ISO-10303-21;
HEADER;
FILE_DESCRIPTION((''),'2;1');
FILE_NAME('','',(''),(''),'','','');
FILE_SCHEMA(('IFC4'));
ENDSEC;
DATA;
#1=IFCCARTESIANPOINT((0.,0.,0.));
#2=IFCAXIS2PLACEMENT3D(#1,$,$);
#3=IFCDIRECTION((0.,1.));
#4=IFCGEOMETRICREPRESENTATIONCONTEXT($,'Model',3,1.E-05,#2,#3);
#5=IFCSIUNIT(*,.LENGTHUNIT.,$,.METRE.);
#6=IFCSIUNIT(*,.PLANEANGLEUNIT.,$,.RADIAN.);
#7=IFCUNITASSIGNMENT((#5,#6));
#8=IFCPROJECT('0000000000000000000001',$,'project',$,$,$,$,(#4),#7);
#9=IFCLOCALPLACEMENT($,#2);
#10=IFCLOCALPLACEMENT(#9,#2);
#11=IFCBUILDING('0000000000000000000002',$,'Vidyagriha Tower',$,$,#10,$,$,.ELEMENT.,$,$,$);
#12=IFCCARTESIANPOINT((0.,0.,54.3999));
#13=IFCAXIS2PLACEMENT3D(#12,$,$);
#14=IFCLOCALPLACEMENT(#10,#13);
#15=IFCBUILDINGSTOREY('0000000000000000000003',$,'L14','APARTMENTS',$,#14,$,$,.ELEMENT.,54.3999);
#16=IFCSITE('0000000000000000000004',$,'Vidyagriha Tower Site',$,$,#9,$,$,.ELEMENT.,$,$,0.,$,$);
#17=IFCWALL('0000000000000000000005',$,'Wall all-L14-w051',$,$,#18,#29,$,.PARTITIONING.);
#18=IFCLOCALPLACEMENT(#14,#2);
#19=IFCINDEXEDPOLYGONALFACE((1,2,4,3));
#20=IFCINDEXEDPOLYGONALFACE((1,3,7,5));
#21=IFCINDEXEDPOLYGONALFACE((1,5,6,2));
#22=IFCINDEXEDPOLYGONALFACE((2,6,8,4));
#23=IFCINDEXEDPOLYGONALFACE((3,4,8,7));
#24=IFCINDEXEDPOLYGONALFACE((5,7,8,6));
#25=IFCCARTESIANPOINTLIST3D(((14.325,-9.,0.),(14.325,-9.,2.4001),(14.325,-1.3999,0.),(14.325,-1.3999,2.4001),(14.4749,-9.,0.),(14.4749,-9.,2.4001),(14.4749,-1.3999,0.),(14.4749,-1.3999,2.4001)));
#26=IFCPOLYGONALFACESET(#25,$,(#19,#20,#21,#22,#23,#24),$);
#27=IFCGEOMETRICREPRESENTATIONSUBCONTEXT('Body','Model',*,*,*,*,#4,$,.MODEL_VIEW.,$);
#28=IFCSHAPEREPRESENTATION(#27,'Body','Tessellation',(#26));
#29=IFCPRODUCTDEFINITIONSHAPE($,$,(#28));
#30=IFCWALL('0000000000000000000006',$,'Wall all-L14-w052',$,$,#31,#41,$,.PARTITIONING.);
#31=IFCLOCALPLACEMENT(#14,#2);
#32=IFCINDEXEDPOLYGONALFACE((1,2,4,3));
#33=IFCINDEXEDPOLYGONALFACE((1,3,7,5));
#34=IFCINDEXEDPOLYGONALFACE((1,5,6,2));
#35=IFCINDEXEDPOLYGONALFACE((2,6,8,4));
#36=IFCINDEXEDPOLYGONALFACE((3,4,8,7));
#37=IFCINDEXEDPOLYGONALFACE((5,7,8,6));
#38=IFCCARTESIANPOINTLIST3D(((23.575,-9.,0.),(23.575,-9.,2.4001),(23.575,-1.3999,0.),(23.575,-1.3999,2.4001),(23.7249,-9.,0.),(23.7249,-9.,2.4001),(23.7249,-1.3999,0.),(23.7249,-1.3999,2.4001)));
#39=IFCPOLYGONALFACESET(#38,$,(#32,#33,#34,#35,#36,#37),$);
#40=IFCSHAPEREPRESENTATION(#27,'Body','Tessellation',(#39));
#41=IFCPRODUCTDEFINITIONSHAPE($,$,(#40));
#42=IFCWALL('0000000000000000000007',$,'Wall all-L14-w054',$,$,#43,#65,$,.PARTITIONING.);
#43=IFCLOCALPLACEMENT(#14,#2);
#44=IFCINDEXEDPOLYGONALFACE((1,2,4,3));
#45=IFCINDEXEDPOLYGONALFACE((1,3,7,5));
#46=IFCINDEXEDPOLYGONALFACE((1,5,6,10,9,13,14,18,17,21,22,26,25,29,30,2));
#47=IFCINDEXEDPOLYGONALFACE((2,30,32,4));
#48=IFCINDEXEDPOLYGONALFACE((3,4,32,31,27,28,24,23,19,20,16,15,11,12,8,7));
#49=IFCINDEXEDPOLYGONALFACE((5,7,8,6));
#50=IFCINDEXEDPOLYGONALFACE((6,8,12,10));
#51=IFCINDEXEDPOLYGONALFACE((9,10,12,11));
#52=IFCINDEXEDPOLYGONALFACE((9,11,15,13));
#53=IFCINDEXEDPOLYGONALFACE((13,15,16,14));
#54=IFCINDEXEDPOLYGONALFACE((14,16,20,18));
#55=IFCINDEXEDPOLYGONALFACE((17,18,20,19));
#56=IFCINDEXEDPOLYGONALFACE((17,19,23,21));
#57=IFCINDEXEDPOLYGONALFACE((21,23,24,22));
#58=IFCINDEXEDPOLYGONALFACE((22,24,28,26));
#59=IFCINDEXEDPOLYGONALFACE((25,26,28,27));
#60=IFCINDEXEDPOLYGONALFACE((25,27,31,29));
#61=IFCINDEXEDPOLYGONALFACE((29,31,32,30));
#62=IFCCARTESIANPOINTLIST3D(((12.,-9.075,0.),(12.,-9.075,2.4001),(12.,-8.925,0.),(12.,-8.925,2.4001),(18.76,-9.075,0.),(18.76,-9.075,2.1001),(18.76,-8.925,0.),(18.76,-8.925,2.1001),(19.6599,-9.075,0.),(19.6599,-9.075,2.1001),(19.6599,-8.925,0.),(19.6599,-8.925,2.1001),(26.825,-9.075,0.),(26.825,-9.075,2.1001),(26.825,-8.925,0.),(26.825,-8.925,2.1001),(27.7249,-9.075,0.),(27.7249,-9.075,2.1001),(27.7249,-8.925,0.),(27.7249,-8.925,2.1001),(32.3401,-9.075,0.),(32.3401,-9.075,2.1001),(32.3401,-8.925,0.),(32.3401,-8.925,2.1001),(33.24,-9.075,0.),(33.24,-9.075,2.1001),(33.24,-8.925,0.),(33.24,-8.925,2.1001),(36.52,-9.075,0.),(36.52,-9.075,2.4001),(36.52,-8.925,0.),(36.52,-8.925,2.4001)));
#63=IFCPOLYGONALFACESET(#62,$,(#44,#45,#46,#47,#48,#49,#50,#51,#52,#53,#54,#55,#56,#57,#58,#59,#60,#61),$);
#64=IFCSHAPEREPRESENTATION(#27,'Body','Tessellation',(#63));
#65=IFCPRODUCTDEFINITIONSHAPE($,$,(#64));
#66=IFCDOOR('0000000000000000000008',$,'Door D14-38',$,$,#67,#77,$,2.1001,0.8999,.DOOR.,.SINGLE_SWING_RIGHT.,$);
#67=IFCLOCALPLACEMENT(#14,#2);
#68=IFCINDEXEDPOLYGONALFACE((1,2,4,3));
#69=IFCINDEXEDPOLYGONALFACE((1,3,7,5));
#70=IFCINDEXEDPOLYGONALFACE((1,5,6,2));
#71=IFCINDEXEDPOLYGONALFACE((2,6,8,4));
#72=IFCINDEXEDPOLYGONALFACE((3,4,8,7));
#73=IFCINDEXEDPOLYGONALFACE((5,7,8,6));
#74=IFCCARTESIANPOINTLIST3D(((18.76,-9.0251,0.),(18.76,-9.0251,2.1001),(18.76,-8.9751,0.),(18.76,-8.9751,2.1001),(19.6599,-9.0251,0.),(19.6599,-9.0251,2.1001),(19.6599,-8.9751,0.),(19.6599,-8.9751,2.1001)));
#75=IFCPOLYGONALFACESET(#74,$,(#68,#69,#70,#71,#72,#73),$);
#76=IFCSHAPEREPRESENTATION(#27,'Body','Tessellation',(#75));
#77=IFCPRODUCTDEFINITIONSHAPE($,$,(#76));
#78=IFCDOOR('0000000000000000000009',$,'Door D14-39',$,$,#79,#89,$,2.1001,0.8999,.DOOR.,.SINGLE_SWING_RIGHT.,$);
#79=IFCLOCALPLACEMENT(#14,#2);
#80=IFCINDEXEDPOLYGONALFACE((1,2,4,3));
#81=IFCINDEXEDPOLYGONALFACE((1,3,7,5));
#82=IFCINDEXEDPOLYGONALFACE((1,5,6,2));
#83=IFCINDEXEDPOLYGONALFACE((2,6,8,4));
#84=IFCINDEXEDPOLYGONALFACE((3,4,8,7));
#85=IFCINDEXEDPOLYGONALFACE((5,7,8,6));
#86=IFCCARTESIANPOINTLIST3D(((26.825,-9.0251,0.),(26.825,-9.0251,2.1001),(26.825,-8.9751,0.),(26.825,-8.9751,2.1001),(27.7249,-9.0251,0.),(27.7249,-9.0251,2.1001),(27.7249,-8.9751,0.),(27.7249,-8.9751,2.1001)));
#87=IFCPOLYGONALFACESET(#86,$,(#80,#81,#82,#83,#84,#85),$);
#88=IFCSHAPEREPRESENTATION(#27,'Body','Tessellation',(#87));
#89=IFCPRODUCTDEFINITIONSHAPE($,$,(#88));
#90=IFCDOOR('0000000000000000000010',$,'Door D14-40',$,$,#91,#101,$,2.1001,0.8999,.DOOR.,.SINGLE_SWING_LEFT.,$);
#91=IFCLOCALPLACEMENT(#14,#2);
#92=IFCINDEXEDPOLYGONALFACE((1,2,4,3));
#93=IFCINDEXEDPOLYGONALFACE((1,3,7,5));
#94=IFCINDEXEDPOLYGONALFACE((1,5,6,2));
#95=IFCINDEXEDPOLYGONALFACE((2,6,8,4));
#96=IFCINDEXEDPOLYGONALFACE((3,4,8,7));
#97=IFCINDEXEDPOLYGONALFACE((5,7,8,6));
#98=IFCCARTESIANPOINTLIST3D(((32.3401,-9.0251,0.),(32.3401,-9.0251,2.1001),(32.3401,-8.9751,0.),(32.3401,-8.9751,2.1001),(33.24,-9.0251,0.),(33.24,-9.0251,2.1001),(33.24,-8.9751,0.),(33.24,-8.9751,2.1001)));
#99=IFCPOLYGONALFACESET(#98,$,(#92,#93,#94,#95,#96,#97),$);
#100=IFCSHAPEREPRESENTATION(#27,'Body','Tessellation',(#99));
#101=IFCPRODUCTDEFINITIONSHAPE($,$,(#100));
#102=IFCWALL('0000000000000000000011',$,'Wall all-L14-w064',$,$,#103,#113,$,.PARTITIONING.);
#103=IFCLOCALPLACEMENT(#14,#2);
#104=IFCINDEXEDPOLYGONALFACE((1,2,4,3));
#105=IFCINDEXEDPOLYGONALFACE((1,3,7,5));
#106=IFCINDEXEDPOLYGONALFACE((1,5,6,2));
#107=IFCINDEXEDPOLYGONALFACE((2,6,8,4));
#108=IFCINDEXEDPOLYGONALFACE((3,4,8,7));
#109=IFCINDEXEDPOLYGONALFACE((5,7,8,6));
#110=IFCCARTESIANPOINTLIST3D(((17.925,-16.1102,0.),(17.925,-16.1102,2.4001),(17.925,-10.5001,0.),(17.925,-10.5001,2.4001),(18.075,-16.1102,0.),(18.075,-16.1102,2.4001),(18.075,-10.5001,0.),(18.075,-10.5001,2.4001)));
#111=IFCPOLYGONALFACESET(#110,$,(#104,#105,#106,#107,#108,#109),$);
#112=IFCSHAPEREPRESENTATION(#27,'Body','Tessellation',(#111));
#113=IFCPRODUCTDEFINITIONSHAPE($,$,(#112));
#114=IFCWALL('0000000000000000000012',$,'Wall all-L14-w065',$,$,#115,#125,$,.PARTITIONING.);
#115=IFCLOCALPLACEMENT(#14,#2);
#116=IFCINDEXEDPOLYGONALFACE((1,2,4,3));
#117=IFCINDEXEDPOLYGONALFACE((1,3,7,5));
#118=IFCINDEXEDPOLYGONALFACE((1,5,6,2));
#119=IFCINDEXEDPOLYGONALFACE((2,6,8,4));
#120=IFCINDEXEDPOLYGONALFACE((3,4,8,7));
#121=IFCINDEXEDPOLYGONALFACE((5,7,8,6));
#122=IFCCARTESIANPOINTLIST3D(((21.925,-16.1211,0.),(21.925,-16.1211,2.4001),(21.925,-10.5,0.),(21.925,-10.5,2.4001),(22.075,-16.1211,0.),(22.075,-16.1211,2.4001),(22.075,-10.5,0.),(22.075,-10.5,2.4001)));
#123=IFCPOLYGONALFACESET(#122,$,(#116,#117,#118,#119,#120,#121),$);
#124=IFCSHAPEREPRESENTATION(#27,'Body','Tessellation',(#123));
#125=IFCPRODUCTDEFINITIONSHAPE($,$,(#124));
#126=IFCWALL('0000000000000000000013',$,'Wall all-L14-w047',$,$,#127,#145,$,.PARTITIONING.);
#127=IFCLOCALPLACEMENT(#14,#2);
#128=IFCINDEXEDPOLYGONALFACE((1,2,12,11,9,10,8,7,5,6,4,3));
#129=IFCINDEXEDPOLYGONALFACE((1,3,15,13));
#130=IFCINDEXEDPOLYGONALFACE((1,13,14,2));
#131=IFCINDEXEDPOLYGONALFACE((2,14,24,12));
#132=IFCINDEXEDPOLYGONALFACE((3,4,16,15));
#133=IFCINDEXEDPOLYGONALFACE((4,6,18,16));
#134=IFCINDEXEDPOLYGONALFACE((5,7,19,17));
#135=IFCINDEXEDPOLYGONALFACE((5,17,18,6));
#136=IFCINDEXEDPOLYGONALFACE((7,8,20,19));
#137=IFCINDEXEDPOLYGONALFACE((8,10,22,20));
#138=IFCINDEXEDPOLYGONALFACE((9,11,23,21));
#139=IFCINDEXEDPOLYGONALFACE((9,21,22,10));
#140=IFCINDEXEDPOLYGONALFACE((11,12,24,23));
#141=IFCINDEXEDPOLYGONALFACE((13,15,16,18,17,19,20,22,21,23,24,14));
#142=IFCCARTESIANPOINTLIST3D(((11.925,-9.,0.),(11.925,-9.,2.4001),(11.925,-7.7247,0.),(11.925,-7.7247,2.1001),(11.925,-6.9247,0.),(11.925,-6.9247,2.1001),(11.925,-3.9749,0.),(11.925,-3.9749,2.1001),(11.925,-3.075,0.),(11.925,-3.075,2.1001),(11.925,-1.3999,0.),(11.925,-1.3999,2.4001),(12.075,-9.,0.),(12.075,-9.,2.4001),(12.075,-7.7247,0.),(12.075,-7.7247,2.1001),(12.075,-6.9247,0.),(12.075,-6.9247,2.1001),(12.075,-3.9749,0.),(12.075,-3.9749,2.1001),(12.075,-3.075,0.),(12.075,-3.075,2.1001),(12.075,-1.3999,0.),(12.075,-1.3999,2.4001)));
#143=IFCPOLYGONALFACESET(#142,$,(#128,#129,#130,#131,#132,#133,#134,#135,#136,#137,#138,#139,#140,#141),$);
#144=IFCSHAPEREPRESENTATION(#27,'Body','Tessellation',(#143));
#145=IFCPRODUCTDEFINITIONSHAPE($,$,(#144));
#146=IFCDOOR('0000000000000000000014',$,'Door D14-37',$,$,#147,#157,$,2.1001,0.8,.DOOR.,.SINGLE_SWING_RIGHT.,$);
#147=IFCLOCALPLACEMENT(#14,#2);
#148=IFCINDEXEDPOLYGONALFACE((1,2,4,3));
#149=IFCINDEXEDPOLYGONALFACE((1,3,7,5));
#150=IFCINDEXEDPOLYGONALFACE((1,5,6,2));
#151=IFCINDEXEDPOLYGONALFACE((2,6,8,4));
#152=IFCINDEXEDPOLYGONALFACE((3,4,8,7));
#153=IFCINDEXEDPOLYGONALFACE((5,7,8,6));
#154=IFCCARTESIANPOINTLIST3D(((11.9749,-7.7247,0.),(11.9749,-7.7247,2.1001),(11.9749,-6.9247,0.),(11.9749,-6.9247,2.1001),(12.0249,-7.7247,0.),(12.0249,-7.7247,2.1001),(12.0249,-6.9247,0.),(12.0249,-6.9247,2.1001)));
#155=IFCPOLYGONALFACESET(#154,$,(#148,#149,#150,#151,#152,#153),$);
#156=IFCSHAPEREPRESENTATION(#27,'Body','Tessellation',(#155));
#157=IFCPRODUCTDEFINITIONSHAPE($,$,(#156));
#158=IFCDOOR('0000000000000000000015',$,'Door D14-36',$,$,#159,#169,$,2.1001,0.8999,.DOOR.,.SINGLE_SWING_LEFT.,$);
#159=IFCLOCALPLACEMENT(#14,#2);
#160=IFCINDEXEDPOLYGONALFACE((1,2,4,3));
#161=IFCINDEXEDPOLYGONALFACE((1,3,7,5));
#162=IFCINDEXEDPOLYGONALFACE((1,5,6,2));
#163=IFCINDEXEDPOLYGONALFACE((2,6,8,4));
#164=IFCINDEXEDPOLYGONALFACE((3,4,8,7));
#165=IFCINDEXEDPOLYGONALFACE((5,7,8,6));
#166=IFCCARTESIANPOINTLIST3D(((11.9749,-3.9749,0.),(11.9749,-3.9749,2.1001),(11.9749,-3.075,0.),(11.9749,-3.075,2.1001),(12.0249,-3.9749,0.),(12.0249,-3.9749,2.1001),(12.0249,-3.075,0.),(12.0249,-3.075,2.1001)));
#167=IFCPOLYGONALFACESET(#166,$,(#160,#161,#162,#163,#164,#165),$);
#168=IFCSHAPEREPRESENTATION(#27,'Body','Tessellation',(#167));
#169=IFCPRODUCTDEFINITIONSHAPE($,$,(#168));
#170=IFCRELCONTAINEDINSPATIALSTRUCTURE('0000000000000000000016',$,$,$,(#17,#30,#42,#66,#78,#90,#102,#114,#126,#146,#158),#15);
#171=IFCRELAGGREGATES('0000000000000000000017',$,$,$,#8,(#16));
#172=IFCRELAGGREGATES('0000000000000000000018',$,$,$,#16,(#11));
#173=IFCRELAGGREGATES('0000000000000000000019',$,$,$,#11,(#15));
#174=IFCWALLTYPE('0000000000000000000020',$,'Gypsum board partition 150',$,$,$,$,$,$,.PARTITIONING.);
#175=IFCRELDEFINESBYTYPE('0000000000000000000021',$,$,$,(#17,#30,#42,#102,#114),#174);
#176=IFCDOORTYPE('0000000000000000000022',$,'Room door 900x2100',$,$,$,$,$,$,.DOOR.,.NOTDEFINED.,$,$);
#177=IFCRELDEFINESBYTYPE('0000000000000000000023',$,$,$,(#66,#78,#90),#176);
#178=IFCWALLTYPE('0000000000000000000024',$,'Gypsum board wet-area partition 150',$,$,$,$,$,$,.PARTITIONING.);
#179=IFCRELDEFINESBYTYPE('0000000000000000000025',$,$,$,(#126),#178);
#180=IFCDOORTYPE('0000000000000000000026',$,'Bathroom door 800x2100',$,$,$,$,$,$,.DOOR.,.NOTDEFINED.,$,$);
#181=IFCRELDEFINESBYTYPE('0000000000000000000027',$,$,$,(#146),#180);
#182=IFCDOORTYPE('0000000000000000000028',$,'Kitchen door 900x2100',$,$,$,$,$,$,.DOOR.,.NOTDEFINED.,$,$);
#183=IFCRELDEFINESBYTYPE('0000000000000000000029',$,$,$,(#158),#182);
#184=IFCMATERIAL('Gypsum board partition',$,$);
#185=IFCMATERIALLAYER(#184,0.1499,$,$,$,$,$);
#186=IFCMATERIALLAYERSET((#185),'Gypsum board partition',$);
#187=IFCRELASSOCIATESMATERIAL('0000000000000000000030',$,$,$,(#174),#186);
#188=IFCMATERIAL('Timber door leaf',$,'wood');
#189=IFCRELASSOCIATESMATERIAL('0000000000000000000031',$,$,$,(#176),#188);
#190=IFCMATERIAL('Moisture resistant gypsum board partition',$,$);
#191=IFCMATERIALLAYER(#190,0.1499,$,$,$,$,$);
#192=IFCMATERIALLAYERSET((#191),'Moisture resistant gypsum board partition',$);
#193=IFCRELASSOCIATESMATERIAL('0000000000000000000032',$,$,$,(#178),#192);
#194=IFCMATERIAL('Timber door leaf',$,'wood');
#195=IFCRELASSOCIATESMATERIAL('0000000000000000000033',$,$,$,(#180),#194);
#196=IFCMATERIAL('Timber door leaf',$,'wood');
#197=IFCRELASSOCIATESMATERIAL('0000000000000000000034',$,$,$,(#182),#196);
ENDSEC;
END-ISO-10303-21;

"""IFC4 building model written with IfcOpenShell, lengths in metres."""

from ifc_helpers import new_model, si_unit, direction, frame, frame_2d, origin, place, context, subcontext, project, spatial, rectangle, extrude, material, layer, layer_set, type_object, element, fill, save


model = new_model("IFC4")

# Units and contexts
model_context = context("Model", 3, precision=1e-05, world=origin(), true_north=direction((0.0, 1.0)))
body_context = subcontext(model_context, "Body", "Model", "MODEL_VIEW")
ifc_project = project(units=[si_unit("LENGTHUNIT", "METRE"), si_unit("PLANEANGLEUNIT", "RADIAN")], contexts=[model_context])

# Site, building, storey
site_placement = place(None, origin())
site = spatial("IfcSite", under=ifc_project, at=site_placement, Name="Vidyagriha Tower Site", CompositionType="ELEMENT", RefElevation=0.0)
building_placement = place(site_placement, origin())
building = spatial("IfcBuilding", under=site, at=building_placement, Name="Vidyagriha Tower", CompositionType="ELEMENT")
storey_placement = place(building_placement, frame((0.0, 0.0, 54.3999)))
storey = spatial("IfcBuildingStorey", under=building, at=storey_placement, Name="L14", Description="APARTMENTS", CompositionType="ELEMENT", Elevation=54.3999)

# Walls
ifc_material_1 = material(Name="Gypsum board partition")
ifc_layer_1 = layer(ifc_material_1, 0.1499)
ifc_layer_set_1 = layer_set([ifc_layer_1], Name="Gypsum board partition")
wall_type_1 = type_object("IfcWallType", Name="Gypsum board partition 150", PredefinedType="PARTITIONING", material=ifc_layer_set_1)
for number, where, z_axis, x_axis, name in (
    (1, (14.3999, -1.3999, 0.0), (0.0, 0.0, 1.0), (0.0, -1.0, 0.0), "Wall all-L14-w051"),
    (2, (23.6499, -1.3999, 0.0), (0.0, 0.0, 1.0), (0.0, -1.0, 0.0), "Wall all-L14-w052"),
):
    element("IfcWall", number, at=place(storey_placement, frame(where, z_axis=z_axis, x_axis=x_axis)), inside=storey, type_object=wall_type_1, Name=name, PredefinedType="PARTITIONING", context=body_context, shape_type="SweptSolid", body=[
        extrude(rectangle(XDim=7.6001, YDim=0.1499, at=frame_2d((3.8, 0.0))), origin(), (0.0, 0.0, 1.0), 2.4001),
    ])

# Wall, openings, doors
wall_1_placement = place(storey_placement, frame((12.0, -9.0, 0.0)))
wall_1 = element("IfcWall", 3, at=wall_1_placement, inside=storey, type_object=wall_type_1, Name="Wall all-L14-w054", PredefinedType="PARTITIONING", context=body_context, shape_type="SweptSolid", body=[
    extrude(rectangle(XDim=24.52, YDim=0.1499, at=frame_2d((12.26, 0.0))), origin(), (0.0, 0.0, 1.0), 2.4001),
])
opening_1_placement = place(wall_1_placement, frame((6.76, 0.0, 0.0)))
opening_1 = element("IfcOpeningElement", 4, at=opening_1_placement, cuts=wall_1, PredefinedType="OPENING", context=body_context, shape_type="SweptSolid", body=[
    extrude(rectangle(XDim=0.8999, YDim=2.1001, at=frame_2d((0.45, 1.05))), frame((0.0, 0.085, 0.0), z_axis=(0.0, -1.0, 0.0), x_axis=(1.0, 0.0, 0.0)), (0.0, 0.0, 1.0), 0.1699),
])
opening_2_placement = place(wall_1_placement, frame((14.825, 0.0, 0.0)))
opening_2 = element("IfcOpeningElement", 5, at=opening_2_placement, cuts=wall_1, PredefinedType="OPENING", context=body_context, shape_type="SweptSolid", body=[
    extrude(rectangle(XDim=0.8999, YDim=2.1001, at=frame_2d((0.45, 1.05))), frame((0.0, 0.085, 0.0), z_axis=(0.0, -1.0, 0.0), x_axis=(1.0, 0.0, 0.0)), (0.0, 0.0, 1.0), 0.1699),
])
opening_3_placement = place(wall_1_placement, frame((20.3401, 0.0, 0.0)))
opening_3 = element("IfcOpeningElement", 6, at=opening_3_placement, cuts=wall_1, PredefinedType="OPENING", context=body_context, shape_type="SweptSolid", body=[
    extrude(rectangle(XDim=0.8999, YDim=2.1001, at=frame_2d((0.45, 1.05))), frame((0.0, 0.085, 0.0), z_axis=(0.0, -1.0, 0.0), x_axis=(1.0, 0.0, 0.0)), (0.0, 0.0, 1.0), 0.1699),
])
ifc_material_2 = material(Name="Timber door leaf", Category="wood")
door_type_1 = type_object("IfcDoorType", Name="Room door 900x2100", OperationType="NOTDEFINED", PredefinedType="DOOR", material=ifc_material_2)
door_1_placement = place(opening_1_placement, origin())
door_1 = element("IfcDoor", 7, at=door_1_placement, inside=storey, type_object=door_type_1, Name="Door D14-38", OperationType="SINGLE_SWING_RIGHT", OverallHeight=2.1001, OverallWidth=0.8999, PredefinedType="DOOR", context=body_context, shape_type="SweptSolid", body=[
    extrude(rectangle(XDim=0.8999, YDim=2.1001, at=frame_2d((0.45, 1.05))), frame((0.0, 0.0249, 0.0), z_axis=(0.0, -1.0, 0.0), x_axis=(1.0, 0.0, 0.0)), (0.0, 0.0, 1.0), 0.05),
])
fill(opening_1, door_1)
door_2_placement = place(opening_2_placement, origin())
door_2 = element("IfcDoor", 8, at=door_2_placement, inside=storey, type_object=door_type_1, Name="Door D14-39", OperationType="SINGLE_SWING_RIGHT", OverallHeight=2.1001, OverallWidth=0.8999, PredefinedType="DOOR", context=body_context, shape_type="SweptSolid", body=[
    extrude(rectangle(XDim=0.8999, YDim=2.1001, at=frame_2d((0.45, 1.05))), frame((0.0, 0.0249, 0.0), z_axis=(0.0, -1.0, 0.0), x_axis=(1.0, 0.0, 0.0)), (0.0, 0.0, 1.0), 0.05),
])
fill(opening_2, door_2)
door_3_placement = place(opening_3_placement, origin())
door_3 = element("IfcDoor", 9, at=door_3_placement, inside=storey, type_object=door_type_1, Name="Door D14-40", OperationType="SINGLE_SWING_LEFT", OverallHeight=2.1001, OverallWidth=0.8999, PredefinedType="DOOR", context=body_context, shape_type="SweptSolid", body=[
    extrude(rectangle(XDim=0.8999, YDim=2.1001, at=frame_2d((0.45, 1.05))), frame((0.0, 0.0249, 0.0), z_axis=(0.0, -1.0, 0.0), x_axis=(1.0, 0.0, 0.0)), (0.0, 0.0, 1.0), 0.05),
])
fill(opening_3, door_3)

# Walls
wall_2_placement = place(storey_placement, frame((18.0, -10.5, 0.0), z_axis=(0.0, 0.0, 1.0), x_axis=(0.0, -1.0, 0.0)))
element("IfcWall", 10, at=wall_2_placement, inside=storey, type_object=wall_type_1, Name="Wall all-L14-w064", PredefinedType="PARTITIONING", context=body_context, shape_type="SweptSolid", body=[
    extrude(rectangle(XDim=5.6101, YDim=0.1499, at=frame_2d((2.8052, 0.0))), origin(), (0.0, 0.0, 1.0), 2.4001),
])
wall_3_placement = place(storey_placement, frame((22.0, -10.5, 0.0), z_axis=(0.0, 0.0, 1.0), x_axis=(0.0, -1.0, 0.0)))
element("IfcWall", 11, at=wall_3_placement, inside=storey, type_object=wall_type_1, Name="Wall all-L14-w065", PredefinedType="PARTITIONING", context=body_context, shape_type="SweptSolid", body=[
    extrude(rectangle(XDim=5.6211, YDim=0.1499, at=frame_2d((2.8105, 0.0))), origin(), (0.0, 0.0, 1.0), 2.4001),
])

# Wall, openings, doors
ifc_material_3 = material(Name="Moisture resistant gypsum board partition")
ifc_layer_2 = layer(ifc_material_3, 0.1499)
ifc_layer_set_2 = layer_set([ifc_layer_2], Name="Moisture resistant gypsum board partition")
wall_type_2 = type_object("IfcWallType", Name="Gypsum board wet-area partition 150", PredefinedType="PARTITIONING", material=ifc_layer_set_2)
wall_4_placement = place(storey_placement, frame((12.0, -1.3999, 0.0), z_axis=(0.0, 0.0, 1.0), x_axis=(0.0, -1.0, 0.0)))
wall_4 = element("IfcWall", 12, at=wall_4_placement, inside=storey, type_object=wall_type_2, Name="Wall all-L14-w047", PredefinedType="PARTITIONING", context=body_context, shape_type="SweptSolid", body=[
    extrude(rectangle(XDim=7.6001, YDim=0.1499, at=frame_2d((3.8, 0.0))), origin(), (0.0, 0.0, 1.0), 2.4001),
])
opening_4_placement = place(wall_4_placement, frame((1.675, 0.0, 0.0)))
opening_4 = element("IfcOpeningElement", 13, at=opening_4_placement, cuts=wall_4, PredefinedType="OPENING", context=body_context, shape_type="SweptSolid", body=[
    extrude(rectangle(XDim=0.8999, YDim=2.1001, at=frame_2d((0.45, 1.05))), frame((0.0, 0.085, 0.0), z_axis=(0.0, -1.0, 0.0), x_axis=(1.0, 0.0, 0.0)), (0.0, 0.0, 1.0), 0.1699),
])
opening_5_placement = place(wall_4_placement, frame((5.5249, 0.0, 0.0)))
opening_5 = element("IfcOpeningElement", 14, at=opening_5_placement, cuts=wall_4, PredefinedType="OPENING", context=body_context, shape_type="SweptSolid", body=[
    extrude(rectangle(XDim=0.8, YDim=2.1001, at=frame_2d((0.3999, 1.05))), frame((0.0, 0.085, 0.0), z_axis=(0.0, -1.0, 0.0), x_axis=(1.0, 0.0, 0.0)), (0.0, 0.0, 1.0), 0.1699),
])
ifc_material_4 = material(Name="Timber door leaf", Category="wood")
door_type_2 = type_object("IfcDoorType", Name="Bathroom door 800x2100", OperationType="NOTDEFINED", PredefinedType="DOOR", material=ifc_material_4)
door_4_placement = place(opening_5_placement, origin())
door_4 = element("IfcDoor", 15, at=door_4_placement, inside=storey, type_object=door_type_2, Name="Door D14-37", OperationType="SINGLE_SWING_RIGHT", OverallHeight=2.1001, OverallWidth=0.8, PredefinedType="DOOR", context=body_context, shape_type="SweptSolid", body=[
    extrude(rectangle(XDim=0.8, YDim=2.1001, at=frame_2d((0.3999, 1.05))), frame((0.0, 0.0249, 0.0), z_axis=(0.0, -1.0, 0.0), x_axis=(1.0, 0.0, 0.0)), (0.0, 0.0, 1.0), 0.05),
])
fill(opening_5, door_4)
ifc_material_5 = material(Name="Timber door leaf", Category="wood")
door_type_3 = type_object("IfcDoorType", Name="Kitchen door 900x2100", OperationType="NOTDEFINED", PredefinedType="DOOR", material=ifc_material_5)
door_5_placement = place(opening_4_placement, origin())
door_5 = element("IfcDoor", 16, at=door_5_placement, inside=storey, type_object=door_type_3, Name="Door D14-36", OperationType="SINGLE_SWING_LEFT", OverallHeight=2.1001, OverallWidth=0.8999, PredefinedType="DOOR", context=body_context, shape_type="SweptSolid", body=[
    extrude(rectangle(XDim=0.8999, YDim=2.1001, at=frame_2d((0.45, 1.05))), frame((0.0, 0.0249, 0.0), z_axis=(0.0, -1.0, 0.0), x_axis=(1.0, 0.0, 0.0)), (0.0, 0.0, 1.0), 0.05),
])
fill(opening_4, door_5)

save(model, "model.ifc")
